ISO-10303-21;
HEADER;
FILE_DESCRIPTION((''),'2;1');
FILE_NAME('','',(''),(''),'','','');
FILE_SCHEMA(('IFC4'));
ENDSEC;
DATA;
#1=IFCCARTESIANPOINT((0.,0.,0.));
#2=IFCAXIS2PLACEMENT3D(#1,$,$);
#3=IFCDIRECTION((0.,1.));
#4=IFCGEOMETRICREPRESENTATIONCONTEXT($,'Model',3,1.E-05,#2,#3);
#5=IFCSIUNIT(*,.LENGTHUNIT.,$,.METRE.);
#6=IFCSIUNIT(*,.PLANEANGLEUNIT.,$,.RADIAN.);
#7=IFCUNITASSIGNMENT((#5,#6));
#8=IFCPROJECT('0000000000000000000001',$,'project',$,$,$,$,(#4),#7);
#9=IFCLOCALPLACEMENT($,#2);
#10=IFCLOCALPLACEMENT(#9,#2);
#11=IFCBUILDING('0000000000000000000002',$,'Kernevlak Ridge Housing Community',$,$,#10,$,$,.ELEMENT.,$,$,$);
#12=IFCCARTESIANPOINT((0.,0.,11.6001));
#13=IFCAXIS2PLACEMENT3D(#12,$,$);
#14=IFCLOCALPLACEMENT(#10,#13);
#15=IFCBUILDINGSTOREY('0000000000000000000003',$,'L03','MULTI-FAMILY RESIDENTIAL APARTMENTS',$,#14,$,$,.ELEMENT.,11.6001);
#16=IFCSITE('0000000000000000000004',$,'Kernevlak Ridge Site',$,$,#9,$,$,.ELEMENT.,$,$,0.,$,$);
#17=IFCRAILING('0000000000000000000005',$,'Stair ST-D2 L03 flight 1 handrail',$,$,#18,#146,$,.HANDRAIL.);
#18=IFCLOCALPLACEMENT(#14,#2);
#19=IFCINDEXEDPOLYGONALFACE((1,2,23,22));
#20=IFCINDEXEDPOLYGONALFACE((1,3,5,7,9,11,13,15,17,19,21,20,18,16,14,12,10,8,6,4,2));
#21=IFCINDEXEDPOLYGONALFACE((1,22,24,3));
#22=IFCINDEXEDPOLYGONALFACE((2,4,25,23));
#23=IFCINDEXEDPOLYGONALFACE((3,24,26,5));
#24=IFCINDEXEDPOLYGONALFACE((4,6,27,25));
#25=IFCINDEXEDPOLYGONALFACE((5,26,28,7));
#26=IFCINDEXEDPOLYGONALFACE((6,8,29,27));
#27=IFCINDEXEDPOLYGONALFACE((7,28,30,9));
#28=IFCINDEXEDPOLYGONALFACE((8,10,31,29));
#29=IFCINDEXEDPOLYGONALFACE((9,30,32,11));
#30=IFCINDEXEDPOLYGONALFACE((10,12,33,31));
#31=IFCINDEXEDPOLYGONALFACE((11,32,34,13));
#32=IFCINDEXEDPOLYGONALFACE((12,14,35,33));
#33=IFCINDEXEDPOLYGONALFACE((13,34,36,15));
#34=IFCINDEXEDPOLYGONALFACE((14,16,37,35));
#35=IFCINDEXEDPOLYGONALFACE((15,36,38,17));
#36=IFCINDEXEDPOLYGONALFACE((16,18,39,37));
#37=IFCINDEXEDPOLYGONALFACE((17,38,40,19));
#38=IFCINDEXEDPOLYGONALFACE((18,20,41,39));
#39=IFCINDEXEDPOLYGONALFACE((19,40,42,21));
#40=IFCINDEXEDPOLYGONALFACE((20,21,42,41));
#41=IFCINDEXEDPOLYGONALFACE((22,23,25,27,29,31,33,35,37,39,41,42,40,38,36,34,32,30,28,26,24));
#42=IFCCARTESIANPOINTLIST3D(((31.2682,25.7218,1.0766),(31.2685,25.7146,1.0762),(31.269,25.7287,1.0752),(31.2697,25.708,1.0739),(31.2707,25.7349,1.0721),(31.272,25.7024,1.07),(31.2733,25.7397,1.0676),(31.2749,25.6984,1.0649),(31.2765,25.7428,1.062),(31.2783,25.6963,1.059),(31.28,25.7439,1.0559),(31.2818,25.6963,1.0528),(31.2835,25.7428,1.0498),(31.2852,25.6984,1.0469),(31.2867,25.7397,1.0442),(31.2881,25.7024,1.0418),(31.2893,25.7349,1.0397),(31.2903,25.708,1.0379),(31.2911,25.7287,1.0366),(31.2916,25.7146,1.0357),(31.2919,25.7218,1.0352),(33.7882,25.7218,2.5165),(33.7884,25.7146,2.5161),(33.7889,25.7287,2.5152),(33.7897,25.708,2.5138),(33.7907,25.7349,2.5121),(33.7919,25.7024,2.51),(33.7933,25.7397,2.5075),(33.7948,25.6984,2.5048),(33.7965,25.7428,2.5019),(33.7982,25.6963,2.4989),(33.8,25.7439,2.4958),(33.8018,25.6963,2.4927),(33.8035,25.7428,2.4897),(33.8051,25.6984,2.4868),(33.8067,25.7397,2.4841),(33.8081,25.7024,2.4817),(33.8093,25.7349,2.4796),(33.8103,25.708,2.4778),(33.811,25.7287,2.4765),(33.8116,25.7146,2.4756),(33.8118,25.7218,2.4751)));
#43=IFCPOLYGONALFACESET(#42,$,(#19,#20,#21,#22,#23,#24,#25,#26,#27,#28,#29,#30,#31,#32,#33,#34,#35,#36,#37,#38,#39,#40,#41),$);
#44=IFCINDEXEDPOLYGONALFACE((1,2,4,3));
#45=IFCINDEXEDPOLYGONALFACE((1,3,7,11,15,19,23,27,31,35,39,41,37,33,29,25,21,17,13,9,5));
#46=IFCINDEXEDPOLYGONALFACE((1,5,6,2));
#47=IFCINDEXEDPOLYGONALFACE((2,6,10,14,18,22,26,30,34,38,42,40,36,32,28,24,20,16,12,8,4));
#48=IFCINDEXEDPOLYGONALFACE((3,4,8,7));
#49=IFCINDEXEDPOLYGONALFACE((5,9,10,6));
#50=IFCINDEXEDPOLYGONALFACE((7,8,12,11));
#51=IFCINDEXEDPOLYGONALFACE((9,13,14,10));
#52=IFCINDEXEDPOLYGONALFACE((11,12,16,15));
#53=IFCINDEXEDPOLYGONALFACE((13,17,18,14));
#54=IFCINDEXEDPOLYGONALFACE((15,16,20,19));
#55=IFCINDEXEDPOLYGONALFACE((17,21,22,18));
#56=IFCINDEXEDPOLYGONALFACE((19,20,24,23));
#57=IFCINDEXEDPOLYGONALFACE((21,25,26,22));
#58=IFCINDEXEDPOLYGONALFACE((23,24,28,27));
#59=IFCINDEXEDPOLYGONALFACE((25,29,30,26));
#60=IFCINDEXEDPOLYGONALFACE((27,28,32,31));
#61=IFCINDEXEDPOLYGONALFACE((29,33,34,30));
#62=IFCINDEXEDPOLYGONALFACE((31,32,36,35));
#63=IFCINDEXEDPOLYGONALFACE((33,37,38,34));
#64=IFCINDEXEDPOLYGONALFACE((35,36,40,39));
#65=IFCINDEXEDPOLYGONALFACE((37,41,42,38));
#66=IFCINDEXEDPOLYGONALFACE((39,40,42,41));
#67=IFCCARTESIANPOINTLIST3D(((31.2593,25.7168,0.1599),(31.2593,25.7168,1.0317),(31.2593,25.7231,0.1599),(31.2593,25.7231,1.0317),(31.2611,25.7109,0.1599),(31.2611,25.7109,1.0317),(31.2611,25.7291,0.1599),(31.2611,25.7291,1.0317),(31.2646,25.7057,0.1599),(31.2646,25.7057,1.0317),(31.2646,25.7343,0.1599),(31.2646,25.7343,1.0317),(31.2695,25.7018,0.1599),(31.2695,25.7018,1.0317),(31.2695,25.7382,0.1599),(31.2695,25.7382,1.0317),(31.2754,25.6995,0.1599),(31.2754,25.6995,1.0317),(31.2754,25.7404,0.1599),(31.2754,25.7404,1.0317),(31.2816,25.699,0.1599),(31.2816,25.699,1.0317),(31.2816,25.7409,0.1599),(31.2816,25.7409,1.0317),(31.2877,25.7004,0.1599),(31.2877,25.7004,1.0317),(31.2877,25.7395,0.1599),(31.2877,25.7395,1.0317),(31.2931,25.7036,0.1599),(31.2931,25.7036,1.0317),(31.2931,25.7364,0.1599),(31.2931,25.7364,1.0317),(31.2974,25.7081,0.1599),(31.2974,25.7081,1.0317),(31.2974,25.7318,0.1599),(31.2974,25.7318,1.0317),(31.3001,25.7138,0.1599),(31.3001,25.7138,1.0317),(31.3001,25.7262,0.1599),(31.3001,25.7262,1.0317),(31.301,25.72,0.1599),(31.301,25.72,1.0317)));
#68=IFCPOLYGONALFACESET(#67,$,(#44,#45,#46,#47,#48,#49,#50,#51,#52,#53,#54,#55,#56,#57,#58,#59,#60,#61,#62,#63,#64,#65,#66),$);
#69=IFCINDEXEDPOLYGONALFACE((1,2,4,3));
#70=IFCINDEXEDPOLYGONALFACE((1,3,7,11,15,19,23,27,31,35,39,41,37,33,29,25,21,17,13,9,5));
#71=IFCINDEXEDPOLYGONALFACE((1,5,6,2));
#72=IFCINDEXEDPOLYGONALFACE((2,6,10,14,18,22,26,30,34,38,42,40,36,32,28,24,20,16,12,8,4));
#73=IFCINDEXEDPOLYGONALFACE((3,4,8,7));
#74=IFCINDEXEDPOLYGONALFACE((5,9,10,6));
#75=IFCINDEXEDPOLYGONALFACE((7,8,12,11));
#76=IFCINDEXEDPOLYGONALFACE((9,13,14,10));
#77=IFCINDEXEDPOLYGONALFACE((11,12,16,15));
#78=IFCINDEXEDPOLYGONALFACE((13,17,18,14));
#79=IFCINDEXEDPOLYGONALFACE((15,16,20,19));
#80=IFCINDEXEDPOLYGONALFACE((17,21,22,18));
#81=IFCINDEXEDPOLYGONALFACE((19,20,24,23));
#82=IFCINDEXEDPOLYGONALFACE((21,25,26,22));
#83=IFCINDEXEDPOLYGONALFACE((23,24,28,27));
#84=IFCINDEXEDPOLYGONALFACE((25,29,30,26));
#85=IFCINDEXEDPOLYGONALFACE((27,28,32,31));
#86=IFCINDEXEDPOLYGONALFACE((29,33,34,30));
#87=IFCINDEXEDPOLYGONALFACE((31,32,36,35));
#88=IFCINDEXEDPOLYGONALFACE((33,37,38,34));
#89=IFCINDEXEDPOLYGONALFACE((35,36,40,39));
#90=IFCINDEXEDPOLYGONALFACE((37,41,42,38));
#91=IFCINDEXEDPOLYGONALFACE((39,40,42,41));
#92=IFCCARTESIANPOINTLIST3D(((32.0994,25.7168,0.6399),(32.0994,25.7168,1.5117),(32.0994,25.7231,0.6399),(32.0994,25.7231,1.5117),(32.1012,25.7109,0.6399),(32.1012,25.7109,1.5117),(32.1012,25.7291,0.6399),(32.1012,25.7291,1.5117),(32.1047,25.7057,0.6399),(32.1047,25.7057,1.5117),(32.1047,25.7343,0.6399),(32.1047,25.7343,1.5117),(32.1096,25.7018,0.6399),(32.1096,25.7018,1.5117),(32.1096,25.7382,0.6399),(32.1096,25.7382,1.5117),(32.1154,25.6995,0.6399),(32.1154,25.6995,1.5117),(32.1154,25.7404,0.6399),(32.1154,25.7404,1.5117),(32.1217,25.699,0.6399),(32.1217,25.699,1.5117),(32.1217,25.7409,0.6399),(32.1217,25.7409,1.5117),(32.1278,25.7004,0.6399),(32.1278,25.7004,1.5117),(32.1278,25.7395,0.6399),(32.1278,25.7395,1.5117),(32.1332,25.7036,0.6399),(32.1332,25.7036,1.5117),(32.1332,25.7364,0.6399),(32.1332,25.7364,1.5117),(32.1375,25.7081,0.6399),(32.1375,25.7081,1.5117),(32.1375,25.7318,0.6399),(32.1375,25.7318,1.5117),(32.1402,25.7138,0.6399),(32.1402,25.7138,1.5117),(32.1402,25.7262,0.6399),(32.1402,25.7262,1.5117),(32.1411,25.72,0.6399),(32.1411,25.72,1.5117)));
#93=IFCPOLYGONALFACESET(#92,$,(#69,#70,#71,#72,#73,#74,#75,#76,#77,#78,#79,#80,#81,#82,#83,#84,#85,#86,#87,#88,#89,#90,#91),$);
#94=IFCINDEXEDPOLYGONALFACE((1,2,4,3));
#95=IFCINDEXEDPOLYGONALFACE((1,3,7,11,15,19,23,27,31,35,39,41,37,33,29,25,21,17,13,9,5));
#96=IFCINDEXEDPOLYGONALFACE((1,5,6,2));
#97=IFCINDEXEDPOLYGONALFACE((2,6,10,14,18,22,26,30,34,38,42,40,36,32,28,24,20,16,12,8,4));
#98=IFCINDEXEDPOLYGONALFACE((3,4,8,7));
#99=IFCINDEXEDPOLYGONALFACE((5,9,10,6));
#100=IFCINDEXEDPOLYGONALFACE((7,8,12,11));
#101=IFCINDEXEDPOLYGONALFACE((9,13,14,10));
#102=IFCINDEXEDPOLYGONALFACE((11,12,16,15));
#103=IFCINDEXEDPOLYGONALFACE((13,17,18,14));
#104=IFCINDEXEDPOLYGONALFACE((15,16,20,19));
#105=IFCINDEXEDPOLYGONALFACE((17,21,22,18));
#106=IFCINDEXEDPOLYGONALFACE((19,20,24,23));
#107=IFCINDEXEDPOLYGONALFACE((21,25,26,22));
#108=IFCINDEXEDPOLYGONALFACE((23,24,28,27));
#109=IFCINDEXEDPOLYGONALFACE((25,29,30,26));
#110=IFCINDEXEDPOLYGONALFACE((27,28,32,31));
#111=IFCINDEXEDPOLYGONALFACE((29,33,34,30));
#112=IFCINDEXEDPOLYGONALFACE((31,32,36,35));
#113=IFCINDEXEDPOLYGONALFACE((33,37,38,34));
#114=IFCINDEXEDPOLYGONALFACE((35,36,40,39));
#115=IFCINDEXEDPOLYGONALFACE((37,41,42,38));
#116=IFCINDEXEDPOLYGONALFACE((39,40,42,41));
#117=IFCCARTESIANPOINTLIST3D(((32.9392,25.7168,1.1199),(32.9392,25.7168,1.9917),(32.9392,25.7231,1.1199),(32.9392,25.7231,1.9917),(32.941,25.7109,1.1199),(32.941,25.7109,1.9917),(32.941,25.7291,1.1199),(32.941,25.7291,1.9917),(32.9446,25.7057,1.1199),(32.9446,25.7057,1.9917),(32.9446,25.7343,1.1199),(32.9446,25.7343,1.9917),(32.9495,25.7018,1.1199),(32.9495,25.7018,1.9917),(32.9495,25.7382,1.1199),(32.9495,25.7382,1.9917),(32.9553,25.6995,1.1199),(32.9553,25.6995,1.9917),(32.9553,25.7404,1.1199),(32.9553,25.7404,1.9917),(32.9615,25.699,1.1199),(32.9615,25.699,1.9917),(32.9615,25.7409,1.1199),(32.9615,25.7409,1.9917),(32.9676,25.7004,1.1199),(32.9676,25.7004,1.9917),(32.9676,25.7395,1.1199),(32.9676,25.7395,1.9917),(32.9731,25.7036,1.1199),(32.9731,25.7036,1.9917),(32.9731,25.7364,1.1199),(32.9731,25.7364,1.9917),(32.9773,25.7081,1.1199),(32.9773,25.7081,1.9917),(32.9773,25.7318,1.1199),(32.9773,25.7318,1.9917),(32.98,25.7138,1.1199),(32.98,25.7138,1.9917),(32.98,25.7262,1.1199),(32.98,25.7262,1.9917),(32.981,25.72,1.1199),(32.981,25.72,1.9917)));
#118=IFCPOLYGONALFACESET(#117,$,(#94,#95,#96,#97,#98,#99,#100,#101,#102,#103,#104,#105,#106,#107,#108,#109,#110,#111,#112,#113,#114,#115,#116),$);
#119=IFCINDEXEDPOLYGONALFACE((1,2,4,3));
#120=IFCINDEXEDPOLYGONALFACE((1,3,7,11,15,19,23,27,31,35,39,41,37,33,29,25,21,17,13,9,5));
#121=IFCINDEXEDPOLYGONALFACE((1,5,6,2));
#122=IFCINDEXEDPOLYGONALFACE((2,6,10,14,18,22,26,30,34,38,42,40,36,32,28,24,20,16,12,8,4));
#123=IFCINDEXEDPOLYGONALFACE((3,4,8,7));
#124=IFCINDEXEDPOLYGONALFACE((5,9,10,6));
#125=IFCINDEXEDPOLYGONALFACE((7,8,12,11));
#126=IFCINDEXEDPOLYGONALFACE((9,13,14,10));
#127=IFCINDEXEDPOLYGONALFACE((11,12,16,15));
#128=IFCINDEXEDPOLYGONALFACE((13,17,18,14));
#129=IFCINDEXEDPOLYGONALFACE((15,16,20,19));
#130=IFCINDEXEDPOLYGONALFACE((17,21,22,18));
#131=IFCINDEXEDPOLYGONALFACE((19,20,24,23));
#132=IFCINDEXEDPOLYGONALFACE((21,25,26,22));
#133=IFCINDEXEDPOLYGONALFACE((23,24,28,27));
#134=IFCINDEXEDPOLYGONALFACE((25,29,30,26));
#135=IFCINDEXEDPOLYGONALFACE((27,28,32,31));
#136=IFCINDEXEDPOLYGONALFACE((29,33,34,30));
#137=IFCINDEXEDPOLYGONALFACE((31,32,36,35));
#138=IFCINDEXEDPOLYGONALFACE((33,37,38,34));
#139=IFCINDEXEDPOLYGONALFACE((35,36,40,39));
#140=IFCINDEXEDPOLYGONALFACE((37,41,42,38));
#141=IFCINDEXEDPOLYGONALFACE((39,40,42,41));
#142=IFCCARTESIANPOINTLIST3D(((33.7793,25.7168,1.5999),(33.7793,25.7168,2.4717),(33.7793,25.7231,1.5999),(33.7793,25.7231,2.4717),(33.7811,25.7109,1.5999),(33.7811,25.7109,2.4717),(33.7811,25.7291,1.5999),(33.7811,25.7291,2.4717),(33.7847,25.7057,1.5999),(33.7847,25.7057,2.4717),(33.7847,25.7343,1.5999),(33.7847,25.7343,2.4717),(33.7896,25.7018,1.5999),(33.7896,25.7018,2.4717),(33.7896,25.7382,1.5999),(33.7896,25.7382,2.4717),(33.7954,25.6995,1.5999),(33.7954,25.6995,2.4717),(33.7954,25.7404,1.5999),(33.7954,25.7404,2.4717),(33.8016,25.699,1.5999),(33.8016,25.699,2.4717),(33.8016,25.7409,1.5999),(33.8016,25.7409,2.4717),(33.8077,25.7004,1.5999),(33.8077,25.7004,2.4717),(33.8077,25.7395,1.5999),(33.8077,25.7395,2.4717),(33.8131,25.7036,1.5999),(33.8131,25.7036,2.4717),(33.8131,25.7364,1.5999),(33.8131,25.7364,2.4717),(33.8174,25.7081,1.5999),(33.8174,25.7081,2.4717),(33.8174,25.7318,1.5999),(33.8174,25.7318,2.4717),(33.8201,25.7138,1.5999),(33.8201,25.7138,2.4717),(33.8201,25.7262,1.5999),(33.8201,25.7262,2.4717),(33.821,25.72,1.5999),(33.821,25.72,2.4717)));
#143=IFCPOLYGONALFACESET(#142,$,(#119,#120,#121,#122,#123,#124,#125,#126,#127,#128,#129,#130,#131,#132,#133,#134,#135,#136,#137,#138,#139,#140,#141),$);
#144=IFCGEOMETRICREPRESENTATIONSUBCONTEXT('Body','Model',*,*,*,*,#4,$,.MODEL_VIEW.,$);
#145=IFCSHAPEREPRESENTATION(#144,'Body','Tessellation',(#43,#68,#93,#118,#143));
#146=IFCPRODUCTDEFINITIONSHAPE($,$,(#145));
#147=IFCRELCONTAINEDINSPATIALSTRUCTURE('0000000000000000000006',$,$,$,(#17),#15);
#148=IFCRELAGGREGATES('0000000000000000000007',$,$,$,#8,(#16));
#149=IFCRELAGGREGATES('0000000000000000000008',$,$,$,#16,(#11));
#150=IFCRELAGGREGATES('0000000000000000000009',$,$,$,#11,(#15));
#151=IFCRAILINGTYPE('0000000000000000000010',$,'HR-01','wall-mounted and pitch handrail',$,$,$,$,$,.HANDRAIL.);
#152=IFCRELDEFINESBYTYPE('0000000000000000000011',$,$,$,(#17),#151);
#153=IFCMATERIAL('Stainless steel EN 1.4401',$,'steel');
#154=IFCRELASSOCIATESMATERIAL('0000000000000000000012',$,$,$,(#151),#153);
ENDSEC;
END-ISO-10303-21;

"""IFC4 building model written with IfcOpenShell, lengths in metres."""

from ifc_helpers import new_model, si_unit, direction, frame, origin, origin_2d, place, context, subcontext, project, spatial, circle, extrude, material, type_object, element, save


model = new_model("IFC4")

# Units and contexts
model_context = context("Model", 3, precision=1e-05, world=origin(), true_north=direction((0.0, 1.0)))
body_context = subcontext(model_context, "Body", "Model", "MODEL_VIEW")
ifc_project = project(units=[si_unit("LENGTHUNIT", "METRE"), si_unit("PLANEANGLEUNIT", "RADIAN")], contexts=[model_context])

# Site, building, storey
site_placement = place(None, origin())
site = spatial("IfcSite", under=ifc_project, at=site_placement, Name="Kernevlak Ridge Site", CompositionType="ELEMENT", RefElevation=0.0)
building_placement = place(site_placement, origin())
building = spatial("IfcBuilding", under=site, at=building_placement, Name="Kernevlak Ridge Housing Community", CompositionType="ELEMENT")
storey_placement = place(building_placement, frame((0.0, 0.0, 11.6001)))
storey = spatial("IfcBuildingStorey", under=building, at=storey_placement, Name="L03", Description="MULTI-FAMILY RESIDENTIAL APARTMENTS", CompositionType="ELEMENT", Elevation=11.6001)

# Railing
ifc_material_1 = material(Name="Stainless steel EN 1.4401", Category="steel")
railing_type_1 = type_object("IfcRailingType", Name="HR-01", Description="wall-mounted and pitch handrail", PredefinedType="HANDRAIL", material=ifc_material_1)
railing_1_placement = place(storey_placement, frame((31.28, 25.72, 0.1599)))
element("IfcRailing", 1, at=railing_1_placement, inside=storey, type_object=railing_type_1, Name="Stair ST-D2 L03 flight 1 handrail", PredefinedType="HANDRAIL", context=body_context, shape_type="SweptSolid", body=[
    extrude(circle(Radius=0.0239, at=origin_2d()), frame((0.0, 0.0, 0.896), z_axis=(0.868253, 0.0, 0.496121), x_axis=(0.0, 1.0, 0.0)), (0.0, 0.0, 1.0), 2.9023),
    extrude(circle(Radius=0.021, at=origin_2d()), origin(), (0.0, 0.0, 1.0), 0.8718),
    extrude(circle(Radius=0.021, at=origin_2d()), frame((0.8401, 0.0, 0.48)), (0.0, 0.0, 1.0), 0.8718),
    extrude(circle(Radius=0.021, at=origin_2d()), frame((1.6799, 0.0, 0.96)), (0.0, 0.0, 1.0), 0.8718),
    extrude(circle(Radius=0.021, at=origin_2d()), frame((2.52, 0.0, 1.4399)), (0.0, 0.0, 1.0), 0.8718),
])

save(model, "model.ifc")
